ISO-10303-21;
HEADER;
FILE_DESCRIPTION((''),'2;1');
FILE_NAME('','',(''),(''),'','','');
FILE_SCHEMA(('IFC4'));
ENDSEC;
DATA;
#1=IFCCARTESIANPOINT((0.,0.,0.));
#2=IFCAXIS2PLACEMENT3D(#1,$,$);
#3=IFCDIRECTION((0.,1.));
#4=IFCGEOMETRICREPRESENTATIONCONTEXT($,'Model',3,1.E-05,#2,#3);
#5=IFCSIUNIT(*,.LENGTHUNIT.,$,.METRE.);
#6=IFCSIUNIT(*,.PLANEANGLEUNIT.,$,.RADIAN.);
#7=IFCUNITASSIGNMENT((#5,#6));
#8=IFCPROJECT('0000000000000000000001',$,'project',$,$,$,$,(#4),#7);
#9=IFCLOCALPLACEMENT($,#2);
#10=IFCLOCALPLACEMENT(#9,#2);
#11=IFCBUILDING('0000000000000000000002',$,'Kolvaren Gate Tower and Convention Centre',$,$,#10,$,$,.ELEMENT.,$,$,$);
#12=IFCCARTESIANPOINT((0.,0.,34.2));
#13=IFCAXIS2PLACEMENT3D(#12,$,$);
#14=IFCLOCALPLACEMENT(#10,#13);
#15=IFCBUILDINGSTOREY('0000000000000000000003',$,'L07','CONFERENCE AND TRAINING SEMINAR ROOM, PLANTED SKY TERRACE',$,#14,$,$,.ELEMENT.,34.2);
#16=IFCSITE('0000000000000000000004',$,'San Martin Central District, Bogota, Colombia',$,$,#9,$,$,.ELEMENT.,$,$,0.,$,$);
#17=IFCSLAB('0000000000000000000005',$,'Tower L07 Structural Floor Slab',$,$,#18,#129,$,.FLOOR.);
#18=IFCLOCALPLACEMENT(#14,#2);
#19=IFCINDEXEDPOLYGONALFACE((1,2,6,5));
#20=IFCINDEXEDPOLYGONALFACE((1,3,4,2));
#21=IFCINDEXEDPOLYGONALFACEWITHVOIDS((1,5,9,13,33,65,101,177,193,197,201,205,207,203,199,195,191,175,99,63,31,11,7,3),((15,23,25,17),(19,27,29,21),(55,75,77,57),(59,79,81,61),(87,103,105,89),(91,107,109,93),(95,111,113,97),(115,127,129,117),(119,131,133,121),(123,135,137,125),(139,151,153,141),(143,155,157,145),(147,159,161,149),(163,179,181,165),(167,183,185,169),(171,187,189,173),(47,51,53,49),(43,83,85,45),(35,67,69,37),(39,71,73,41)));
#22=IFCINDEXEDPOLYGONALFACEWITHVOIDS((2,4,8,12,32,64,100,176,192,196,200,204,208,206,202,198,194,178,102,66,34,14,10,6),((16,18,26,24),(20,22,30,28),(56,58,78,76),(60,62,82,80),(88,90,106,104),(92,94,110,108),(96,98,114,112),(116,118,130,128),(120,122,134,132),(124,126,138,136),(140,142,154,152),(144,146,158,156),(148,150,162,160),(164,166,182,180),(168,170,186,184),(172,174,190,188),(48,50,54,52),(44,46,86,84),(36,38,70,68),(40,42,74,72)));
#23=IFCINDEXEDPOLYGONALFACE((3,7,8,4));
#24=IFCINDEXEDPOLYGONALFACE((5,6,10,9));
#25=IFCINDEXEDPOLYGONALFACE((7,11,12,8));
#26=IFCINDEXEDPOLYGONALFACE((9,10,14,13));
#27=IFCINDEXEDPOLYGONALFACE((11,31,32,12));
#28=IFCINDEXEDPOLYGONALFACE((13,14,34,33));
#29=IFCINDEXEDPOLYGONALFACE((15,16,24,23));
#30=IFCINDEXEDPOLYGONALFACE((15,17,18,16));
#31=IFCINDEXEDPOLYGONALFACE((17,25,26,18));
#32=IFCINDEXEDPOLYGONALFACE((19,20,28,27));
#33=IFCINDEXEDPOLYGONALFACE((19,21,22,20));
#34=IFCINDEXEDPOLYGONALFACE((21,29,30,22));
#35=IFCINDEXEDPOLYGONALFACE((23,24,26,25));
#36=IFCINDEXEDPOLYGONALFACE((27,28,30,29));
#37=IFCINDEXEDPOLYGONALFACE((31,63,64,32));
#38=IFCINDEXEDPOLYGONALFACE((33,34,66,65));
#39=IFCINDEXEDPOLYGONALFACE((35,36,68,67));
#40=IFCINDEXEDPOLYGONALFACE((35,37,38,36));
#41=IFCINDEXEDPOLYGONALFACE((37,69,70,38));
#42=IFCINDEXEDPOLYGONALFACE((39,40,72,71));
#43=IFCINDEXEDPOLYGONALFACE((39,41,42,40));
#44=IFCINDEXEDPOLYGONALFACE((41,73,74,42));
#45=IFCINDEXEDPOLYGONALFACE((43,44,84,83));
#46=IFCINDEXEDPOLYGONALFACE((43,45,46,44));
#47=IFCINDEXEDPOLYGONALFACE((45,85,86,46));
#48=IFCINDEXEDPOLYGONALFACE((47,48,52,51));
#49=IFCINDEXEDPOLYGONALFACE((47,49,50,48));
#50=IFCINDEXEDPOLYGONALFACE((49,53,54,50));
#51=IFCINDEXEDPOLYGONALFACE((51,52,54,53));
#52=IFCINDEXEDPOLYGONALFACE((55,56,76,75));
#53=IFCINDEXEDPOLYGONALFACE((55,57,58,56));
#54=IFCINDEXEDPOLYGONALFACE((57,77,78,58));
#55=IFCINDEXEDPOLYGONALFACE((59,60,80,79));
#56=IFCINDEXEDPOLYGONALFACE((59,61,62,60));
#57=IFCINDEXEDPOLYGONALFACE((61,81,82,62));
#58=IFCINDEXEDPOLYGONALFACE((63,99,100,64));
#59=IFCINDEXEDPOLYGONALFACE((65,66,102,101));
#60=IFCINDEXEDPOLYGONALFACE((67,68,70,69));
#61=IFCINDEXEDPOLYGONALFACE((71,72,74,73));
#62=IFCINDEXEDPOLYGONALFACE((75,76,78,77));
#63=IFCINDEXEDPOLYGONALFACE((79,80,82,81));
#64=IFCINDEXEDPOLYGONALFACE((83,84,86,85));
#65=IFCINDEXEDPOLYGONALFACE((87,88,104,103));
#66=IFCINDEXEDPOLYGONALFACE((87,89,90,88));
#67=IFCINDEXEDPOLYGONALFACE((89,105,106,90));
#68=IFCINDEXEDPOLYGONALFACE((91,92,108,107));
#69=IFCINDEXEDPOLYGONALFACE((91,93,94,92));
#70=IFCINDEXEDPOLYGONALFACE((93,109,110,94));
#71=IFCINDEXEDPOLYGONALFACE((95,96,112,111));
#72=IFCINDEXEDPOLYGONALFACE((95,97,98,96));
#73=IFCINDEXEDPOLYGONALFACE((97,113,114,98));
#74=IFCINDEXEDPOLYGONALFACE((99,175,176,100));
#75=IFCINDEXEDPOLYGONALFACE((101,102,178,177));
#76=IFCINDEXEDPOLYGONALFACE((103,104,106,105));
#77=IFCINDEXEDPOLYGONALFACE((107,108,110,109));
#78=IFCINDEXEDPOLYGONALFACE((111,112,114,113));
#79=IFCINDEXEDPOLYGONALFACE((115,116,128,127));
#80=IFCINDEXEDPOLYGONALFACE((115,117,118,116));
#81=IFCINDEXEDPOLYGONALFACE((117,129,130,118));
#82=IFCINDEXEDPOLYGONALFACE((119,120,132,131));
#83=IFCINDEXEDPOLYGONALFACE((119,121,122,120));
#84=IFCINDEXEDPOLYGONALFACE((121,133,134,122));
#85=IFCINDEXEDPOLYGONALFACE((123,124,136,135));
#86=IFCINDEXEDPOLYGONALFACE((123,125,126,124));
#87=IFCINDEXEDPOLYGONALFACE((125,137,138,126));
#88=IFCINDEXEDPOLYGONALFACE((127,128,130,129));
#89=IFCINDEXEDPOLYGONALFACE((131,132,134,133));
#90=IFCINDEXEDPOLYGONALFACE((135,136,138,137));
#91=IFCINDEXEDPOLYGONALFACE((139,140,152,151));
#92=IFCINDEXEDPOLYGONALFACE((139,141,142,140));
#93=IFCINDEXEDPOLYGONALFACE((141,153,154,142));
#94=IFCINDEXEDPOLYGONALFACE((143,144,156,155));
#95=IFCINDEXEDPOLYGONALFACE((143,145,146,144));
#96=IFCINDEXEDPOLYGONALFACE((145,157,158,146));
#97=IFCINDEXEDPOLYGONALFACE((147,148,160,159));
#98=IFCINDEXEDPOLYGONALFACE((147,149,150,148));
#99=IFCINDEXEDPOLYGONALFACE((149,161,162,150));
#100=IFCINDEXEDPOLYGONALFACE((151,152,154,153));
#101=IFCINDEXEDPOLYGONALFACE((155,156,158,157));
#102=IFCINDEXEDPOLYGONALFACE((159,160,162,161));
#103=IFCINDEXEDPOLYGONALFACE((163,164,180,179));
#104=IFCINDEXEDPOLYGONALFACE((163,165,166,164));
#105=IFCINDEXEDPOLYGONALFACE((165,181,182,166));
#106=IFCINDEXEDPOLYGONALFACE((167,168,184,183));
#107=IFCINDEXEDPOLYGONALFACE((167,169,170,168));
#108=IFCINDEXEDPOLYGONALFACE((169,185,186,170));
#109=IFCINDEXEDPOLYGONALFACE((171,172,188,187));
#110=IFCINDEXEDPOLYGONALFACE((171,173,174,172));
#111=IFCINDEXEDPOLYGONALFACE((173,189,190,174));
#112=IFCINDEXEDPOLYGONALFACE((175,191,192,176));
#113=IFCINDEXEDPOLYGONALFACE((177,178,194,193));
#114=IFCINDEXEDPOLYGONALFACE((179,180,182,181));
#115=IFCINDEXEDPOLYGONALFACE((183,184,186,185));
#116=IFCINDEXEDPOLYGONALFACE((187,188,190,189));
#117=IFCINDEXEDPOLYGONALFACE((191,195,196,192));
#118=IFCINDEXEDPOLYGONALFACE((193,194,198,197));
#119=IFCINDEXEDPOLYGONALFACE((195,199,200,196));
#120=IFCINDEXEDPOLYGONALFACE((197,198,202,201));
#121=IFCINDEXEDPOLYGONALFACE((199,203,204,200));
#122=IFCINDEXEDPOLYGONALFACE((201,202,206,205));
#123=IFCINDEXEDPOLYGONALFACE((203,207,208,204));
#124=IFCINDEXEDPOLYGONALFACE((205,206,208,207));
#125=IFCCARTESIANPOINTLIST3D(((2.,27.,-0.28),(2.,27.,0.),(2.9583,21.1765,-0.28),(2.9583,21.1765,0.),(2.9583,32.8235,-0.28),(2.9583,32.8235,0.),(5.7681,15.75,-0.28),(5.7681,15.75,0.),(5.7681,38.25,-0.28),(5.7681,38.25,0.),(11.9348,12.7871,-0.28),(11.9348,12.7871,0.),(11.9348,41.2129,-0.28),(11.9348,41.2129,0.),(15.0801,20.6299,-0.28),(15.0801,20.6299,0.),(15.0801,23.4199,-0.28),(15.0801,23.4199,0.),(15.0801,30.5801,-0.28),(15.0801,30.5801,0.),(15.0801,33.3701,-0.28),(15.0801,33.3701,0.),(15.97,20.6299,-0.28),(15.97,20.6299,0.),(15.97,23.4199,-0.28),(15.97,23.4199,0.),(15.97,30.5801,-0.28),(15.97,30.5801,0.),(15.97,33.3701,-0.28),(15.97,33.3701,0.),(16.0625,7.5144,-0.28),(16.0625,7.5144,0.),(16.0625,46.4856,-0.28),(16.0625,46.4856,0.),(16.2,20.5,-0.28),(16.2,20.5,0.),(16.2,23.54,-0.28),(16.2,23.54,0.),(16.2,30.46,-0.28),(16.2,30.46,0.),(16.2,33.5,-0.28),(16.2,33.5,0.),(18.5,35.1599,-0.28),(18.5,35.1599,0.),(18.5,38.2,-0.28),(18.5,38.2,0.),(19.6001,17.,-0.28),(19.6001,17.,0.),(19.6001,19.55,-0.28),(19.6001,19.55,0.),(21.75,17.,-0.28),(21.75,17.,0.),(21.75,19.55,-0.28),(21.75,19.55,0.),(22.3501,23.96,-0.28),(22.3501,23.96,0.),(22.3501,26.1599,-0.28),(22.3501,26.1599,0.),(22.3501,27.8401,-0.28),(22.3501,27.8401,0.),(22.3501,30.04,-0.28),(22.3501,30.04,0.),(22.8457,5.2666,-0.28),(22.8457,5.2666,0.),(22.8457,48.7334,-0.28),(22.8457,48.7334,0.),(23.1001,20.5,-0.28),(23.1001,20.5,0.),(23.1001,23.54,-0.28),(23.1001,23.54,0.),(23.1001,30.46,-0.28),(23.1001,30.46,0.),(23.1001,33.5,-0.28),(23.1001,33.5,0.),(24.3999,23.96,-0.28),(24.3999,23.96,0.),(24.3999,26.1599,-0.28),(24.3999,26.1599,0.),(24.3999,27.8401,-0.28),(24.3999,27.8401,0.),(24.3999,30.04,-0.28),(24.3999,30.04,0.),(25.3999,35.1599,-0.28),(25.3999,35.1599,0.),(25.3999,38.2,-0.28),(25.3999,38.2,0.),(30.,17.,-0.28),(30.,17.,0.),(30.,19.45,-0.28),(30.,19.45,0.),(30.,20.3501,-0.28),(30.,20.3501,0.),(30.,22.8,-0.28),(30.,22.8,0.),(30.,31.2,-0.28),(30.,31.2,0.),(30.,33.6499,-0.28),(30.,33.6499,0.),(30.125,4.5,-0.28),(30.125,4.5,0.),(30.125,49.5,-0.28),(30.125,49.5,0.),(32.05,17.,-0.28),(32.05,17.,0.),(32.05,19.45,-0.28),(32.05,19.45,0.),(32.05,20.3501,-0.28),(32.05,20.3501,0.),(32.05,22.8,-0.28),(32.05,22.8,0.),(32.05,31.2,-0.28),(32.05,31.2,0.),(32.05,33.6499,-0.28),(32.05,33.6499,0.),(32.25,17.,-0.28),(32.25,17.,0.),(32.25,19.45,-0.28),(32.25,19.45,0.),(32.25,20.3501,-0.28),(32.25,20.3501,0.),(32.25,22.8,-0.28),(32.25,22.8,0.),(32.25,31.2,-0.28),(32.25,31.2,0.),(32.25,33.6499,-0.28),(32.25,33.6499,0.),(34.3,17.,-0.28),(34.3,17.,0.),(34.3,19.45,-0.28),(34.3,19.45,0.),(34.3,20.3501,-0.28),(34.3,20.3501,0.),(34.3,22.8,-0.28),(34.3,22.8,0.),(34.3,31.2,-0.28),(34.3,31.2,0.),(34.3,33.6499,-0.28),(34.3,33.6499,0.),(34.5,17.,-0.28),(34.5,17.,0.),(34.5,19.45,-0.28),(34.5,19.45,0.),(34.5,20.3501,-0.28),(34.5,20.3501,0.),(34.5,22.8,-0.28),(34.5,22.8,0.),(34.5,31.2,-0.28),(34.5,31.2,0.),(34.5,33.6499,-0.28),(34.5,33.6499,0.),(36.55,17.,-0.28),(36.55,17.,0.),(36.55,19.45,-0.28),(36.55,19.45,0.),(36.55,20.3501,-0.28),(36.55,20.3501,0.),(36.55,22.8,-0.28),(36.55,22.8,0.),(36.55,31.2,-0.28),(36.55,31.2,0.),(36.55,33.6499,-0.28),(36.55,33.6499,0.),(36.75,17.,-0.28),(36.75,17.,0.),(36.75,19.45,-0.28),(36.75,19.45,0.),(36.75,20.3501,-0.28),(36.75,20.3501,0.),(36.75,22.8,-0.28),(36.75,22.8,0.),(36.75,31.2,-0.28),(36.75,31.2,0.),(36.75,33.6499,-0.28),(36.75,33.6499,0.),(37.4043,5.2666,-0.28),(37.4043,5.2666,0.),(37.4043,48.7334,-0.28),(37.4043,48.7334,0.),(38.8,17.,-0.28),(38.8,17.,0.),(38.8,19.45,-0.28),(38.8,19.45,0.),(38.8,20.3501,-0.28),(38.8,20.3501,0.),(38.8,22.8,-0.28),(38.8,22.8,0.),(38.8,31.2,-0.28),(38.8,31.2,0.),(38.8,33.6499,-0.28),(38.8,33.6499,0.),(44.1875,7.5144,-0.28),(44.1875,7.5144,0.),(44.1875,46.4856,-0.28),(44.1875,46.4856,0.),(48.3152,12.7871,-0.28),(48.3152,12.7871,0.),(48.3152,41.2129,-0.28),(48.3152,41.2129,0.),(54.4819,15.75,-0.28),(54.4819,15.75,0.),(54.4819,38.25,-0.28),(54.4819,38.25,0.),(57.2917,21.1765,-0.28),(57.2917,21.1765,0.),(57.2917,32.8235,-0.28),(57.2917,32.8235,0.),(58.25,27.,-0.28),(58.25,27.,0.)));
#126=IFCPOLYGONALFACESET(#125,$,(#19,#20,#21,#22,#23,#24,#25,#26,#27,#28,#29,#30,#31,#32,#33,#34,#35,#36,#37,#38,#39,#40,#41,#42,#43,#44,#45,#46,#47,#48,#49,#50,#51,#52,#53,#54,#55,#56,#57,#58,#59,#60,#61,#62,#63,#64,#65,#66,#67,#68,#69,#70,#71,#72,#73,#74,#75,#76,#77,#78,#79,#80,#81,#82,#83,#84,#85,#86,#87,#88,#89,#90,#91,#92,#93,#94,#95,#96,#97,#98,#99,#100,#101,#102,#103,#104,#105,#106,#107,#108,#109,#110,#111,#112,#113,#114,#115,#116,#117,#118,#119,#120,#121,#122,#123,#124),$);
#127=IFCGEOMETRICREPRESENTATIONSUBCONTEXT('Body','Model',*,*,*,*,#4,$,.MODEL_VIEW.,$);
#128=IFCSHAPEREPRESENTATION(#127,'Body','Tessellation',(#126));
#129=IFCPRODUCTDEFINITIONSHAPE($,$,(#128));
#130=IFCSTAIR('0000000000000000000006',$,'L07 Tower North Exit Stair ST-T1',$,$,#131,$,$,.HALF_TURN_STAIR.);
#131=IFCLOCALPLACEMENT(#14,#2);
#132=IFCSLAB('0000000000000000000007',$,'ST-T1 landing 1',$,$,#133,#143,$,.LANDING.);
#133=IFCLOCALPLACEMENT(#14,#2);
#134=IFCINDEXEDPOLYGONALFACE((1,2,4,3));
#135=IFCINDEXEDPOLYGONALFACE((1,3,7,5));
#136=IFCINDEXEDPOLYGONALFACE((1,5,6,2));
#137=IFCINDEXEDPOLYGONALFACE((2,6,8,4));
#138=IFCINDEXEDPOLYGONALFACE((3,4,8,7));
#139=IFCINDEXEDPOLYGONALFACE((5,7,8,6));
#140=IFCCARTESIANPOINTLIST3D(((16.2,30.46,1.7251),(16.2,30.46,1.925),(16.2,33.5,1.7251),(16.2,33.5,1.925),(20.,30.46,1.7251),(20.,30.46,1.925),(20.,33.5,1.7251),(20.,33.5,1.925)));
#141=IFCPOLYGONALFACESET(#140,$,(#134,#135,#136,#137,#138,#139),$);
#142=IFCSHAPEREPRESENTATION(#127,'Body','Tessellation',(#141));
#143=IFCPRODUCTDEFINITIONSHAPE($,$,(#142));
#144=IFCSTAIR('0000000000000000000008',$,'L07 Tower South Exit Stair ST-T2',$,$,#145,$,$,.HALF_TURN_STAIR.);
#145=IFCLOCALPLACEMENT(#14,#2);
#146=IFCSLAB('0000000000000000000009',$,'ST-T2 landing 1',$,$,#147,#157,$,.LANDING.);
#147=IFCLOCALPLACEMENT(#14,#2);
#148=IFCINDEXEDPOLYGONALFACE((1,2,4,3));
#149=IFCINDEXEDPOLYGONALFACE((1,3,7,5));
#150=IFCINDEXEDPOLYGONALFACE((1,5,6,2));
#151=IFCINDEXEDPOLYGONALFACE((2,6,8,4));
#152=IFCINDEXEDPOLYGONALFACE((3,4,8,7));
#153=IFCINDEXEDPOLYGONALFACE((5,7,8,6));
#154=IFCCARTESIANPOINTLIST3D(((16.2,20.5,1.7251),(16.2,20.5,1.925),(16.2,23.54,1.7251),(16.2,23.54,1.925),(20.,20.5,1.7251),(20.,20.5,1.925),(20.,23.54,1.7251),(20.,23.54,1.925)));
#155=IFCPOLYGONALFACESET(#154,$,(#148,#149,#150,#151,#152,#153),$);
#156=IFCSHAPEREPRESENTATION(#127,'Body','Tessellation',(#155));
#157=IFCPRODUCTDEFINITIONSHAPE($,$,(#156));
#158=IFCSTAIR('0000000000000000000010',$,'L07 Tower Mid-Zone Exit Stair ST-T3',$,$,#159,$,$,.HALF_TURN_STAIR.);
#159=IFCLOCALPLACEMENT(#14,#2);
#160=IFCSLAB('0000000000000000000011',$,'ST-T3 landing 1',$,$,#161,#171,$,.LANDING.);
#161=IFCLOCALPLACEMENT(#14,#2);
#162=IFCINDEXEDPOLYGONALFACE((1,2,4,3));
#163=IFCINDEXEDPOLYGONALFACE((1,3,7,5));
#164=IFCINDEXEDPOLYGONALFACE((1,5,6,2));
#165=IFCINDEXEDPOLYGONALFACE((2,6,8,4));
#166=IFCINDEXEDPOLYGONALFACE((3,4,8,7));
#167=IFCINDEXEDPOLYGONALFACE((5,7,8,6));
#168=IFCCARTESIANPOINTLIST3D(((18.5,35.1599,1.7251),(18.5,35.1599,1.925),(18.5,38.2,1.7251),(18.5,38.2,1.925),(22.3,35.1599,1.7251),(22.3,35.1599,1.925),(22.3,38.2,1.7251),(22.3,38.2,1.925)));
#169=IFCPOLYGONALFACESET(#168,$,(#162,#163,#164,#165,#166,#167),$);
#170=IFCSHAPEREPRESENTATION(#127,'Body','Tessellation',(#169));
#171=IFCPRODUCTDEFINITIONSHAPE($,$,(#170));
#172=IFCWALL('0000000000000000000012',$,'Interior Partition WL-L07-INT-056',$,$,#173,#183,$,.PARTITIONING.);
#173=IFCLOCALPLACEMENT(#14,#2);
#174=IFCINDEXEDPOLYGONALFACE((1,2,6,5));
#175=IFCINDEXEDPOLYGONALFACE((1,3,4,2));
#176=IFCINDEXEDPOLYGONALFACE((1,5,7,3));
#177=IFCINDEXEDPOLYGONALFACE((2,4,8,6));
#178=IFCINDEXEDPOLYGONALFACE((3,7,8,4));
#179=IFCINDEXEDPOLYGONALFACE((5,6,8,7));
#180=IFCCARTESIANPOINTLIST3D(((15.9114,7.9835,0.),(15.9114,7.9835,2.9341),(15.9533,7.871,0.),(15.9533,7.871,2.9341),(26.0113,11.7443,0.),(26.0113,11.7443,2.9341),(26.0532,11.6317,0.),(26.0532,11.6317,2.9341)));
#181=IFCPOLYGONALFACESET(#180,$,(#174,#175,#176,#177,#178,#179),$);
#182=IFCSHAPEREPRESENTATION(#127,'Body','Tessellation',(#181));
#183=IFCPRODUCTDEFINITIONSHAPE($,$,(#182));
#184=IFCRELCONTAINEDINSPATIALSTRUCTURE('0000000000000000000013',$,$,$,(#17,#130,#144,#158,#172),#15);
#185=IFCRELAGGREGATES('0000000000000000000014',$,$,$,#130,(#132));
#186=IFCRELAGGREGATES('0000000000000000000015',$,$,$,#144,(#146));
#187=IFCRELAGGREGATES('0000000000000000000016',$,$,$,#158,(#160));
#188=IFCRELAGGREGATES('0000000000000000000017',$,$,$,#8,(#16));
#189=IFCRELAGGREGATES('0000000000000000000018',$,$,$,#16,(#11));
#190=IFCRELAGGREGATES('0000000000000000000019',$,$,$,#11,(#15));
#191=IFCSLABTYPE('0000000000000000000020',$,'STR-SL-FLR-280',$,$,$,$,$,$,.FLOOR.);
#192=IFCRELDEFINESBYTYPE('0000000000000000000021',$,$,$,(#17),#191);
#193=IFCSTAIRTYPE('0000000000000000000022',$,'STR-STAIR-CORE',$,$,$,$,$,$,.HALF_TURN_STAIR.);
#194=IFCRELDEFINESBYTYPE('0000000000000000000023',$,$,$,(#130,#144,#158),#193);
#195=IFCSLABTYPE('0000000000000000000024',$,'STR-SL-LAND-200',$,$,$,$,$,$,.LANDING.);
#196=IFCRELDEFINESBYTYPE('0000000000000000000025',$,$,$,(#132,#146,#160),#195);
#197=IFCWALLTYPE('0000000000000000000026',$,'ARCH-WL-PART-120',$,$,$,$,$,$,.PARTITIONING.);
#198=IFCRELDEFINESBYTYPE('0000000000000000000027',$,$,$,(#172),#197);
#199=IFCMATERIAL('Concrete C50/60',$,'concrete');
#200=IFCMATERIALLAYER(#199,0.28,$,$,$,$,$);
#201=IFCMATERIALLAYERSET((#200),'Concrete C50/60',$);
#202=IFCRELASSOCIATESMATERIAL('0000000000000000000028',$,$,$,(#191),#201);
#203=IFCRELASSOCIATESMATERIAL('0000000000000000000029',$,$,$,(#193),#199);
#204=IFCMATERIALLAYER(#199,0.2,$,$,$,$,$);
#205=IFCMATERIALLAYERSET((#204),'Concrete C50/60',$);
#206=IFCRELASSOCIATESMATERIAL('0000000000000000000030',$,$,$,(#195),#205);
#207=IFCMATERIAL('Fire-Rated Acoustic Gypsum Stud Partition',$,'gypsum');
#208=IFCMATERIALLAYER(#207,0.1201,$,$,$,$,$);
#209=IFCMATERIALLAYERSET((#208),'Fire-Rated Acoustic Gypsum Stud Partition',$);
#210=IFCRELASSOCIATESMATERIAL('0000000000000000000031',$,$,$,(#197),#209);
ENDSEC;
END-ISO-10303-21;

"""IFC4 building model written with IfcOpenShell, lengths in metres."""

from ifc_helpers import new_model, si_unit, direction, frame, frame_2d, origin, place, context, subcontext, project, spatial, polyline, rectangle, outline, extrude, material, layer, layer_set, type_object, element, aggregate, save


model = new_model("IFC4")

# Units and contexts
model_context = context("Model", 3, precision=1e-05, world=origin(), true_north=direction((0.0, 1.0)))
body_context = subcontext(model_context, "Body", "Model", "MODEL_VIEW")
ifc_project = project(units=[si_unit("LENGTHUNIT", "METRE"), si_unit("PLANEANGLEUNIT", "RADIAN")], contexts=[model_context])

# Site, building, storey
site_placement = place(None, origin())
site = spatial("IfcSite", under=ifc_project, at=site_placement, Name="San Martin Central District, Bogota, Colombia", CompositionType="ELEMENT", RefElevation=0.0)
building_placement = place(site_placement, origin())
building = spatial("IfcBuilding", under=site, at=building_placement, Name="Kolvaren Gate Tower and Convention Centre", CompositionType="ELEMENT")
storey_placement = place(building_placement, frame((0.0, 0.0, 34.2)))
storey = spatial("IfcBuildingStorey", under=building, at=storey_placement, Name="L07", Description="CONFERENCE AND TRAINING SEMINAR ROOM, PLANTED SKY TERRACE", CompositionType="ELEMENT", Elevation=34.2)

# Slab
ifc_material_1 = material(Name="Concrete C50/60", Category="concrete")
ifc_layer_1 = layer(ifc_material_1, 0.28)
ifc_layer_set_1 = layer_set([ifc_layer_1], Name="Concrete C50/60")
slab_type_1 = type_object("IfcSlabType", Name="STR-SL-FLR-280", PredefinedType="FLOOR", material=ifc_layer_set_1)
slab_1_placement = place(storey_placement, frame((0.0, 0.0, -0.28)))
element("IfcSlab", 1, at=slab_1_placement, inside=storey, type_object=slab_type_1, Name="Tower L07 Structural Floor Slab", PredefinedType="FLOOR", context=body_context, shape_type="SweptSolid", body=[
    extrude(outline(polyline([(58.25, 27.0), (57.2917, 32.8235), (54.4819, 38.25), (48.3152, 41.2129), (44.1875, 46.4856), (37.4043, 48.7334), (30.125, 49.5), (22.8457, 48.7334), (16.0625, 46.4856), (11.9348, 41.2129), (5.7681, 38.25), (2.9583, 32.8235), (2.0, 27.0), (2.9583, 21.1765), (5.7681, 15.75), (11.9348, 12.7871), (16.0625, 7.5144), (22.8457, 5.2666), (30.125, 4.5), (37.4043, 5.2666), (44.1875, 7.5144), (48.3152, 12.7871), (54.4819, 15.75), (57.2917, 21.1765), (58.25, 27.0)]), holes=[polyline([(36.75, 33.6499), (38.8, 33.6499), (38.8, 31.2), (36.75, 31.2), (36.75, 33.6499)]), polyline([(36.75, 20.3501), (36.75, 22.8), (38.8, 22.8), (38.8, 20.3501), (36.75, 20.3501)]), polyline([(36.75, 17.0), (36.75, 19.45), (38.8, 19.45), (38.8, 17.0), (36.75, 17.0)]), polyline([(34.5, 33.6499), (36.55, 33.6499), (36.55, 31.2), (34.5, 31.2), (34.5, 33.6499)]), polyline([(34.5, 22.8), (36.55, 22.8), (36.55, 20.3501), (34.5, 20.3501), (34.5, 22.8)]), polyline([(34.5, 17.0), (34.5, 19.45), (36.55, 19.45), (36.55, 17.0), (34.5, 17.0)]), polyline([(32.25, 31.2), (32.25, 33.6499), (34.3, 33.6499), (34.3, 31.2), (32.25, 31.2)]), polyline([(32.25, 22.8), (34.3, 22.8), (34.3, 20.3501), (32.25, 20.3501), (32.25, 22.8)]), polyline([(32.25, 17.0), (32.25, 19.45), (34.3, 19.45), (34.3, 17.0), (32.25, 17.0)]), polyline([(30.0, 31.2), (30.0, 33.6499), (32.05, 33.6499), (32.05, 31.2), (30.0, 31.2)]), polyline([(30.0, 20.3501), (30.0, 22.8), (32.05, 22.8), (32.05, 20.3501), (30.0, 20.3501)]), polyline([(30.0, 17.0), (30.0, 19.45), (32.05, 19.45), (32.05, 17.0), (30.0, 17.0)]), polyline([(25.3999, 35.1599), (18.5, 35.1599), (18.5, 38.2), (25.3999, 38.2), (25.3999, 35.1599)]), polyline([(22.3501, 27.8401), (22.3501, 30.04), (24.3999, 30.04), (24.3999, 27.8401), (22.3501, 27.8401)]), polyline([(22.3501, 23.96), (22.3501, 26.1599), (24.3999, 26.1599), (24.3999, 23.96), (22.3501, 23.96)]), polyline([(23.1001, 30.46), (16.2, 30.46), (16.2, 33.5), (23.1001, 33.5), (23.1001, 30.46)]), polyline([(23.1001, 20.5), (16.2, 20.5), (16.2, 23.54), (23.1001, 23.54), (23.1001, 20.5)]), polyline([(19.6001, 17.0), (19.6001, 19.55), (21.75, 19.55), (21.75, 17.0), (19.6001, 17.0)]), polyline([(15.0801, 23.4199), (15.97, 23.4199), (15.97, 20.6299), (15.0801, 20.6299), (15.0801, 23.4199)]), polyline([(15.0801, 30.5801), (15.0801, 33.3701), (15.97, 33.3701), (15.97, 30.5801), (15.0801, 30.5801)])]), origin(), (0.0, 0.0, 1.0), 0.28),
])

# Stairs, slabs
stair_type = type_object("IfcStairType", Name="STR-STAIR-CORE", PredefinedType="HALF_TURN_STAIR", material=ifc_material_1)
stair_1_placement = place(storey_placement, origin())
stair_1 = element("IfcStair", 2, at=stair_1_placement, inside=storey, type_object=stair_type, Name="L07 Tower North Exit Stair ST-T1", PredefinedType="HALF_TURN_STAIR")
ifc_layer_2 = layer(ifc_material_1, 0.2)
ifc_layer_set_2 = layer_set([ifc_layer_2], Name="Concrete C50/60")
slab_type_2 = type_object("IfcSlabType", Name="STR-SL-LAND-200", PredefinedType="LANDING", material=ifc_layer_set_2)
slab_2_placement = place(storey_placement, frame((0.0, 0.0, 1.7251)))
slab_2 = element("IfcSlab", 3, at=slab_2_placement, type_object=slab_type_2, Name="ST-T1 landing 1", PredefinedType="LANDING", context=body_context, shape_type="SweptSolid", body=[
    extrude(outline(polyline([(20.0, 33.5), (16.2, 33.5), (16.2, 30.46), (20.0, 30.46), (20.0, 33.5)])), origin(), (0.0, 0.0, 1.0), 0.2),
])
aggregate(stair_1, [slab_2])
stair_2_placement = place(storey_placement, origin())
stair_2 = element("IfcStair", 4, at=stair_2_placement, inside=storey, type_object=stair_type, Name="L07 Tower South Exit Stair ST-T2", PredefinedType="HALF_TURN_STAIR")
slab_3_placement = place(storey_placement, frame((0.0, 0.0, 1.7251)))
slab_3 = element("IfcSlab", 5, at=slab_3_placement, type_object=slab_type_2, Name="ST-T2 landing 1", PredefinedType="LANDING", context=body_context, shape_type="SweptSolid", body=[
    extrude(outline(polyline([(20.0, 23.54), (16.2, 23.54), (16.2, 20.5), (20.0, 20.5), (20.0, 23.54)])), origin(), (0.0, 0.0, 1.0), 0.2),
])
aggregate(stair_2, [slab_3])
stair_3_placement = place(storey_placement, origin())
stair_3 = element("IfcStair", 6, at=stair_3_placement, inside=storey, type_object=stair_type, Name="L07 Tower Mid-Zone Exit Stair ST-T3", PredefinedType="HALF_TURN_STAIR")
slab_4_placement = place(storey_placement, frame((0.0, 0.0, 1.7251)))
slab_4 = element("IfcSlab", 7, at=slab_4_placement, type_object=slab_type_2, Name="ST-T3 landing 1", PredefinedType="LANDING", context=body_context, shape_type="SweptSolid", body=[
    extrude(outline(polyline([(22.3, 38.2), (18.5, 38.2), (18.5, 35.1599), (22.3, 35.1599), (22.3, 38.2)])), origin(), (0.0, 0.0, 1.0), 0.2),
])
aggregate(stair_3, [slab_4])

# Wall
ifc_material_2 = material(Name="Fire-Rated Acoustic Gypsum Stud Partition", Category="gypsum")
ifc_layer_3 = layer(ifc_material_2, 0.1201)
ifc_layer_set_3 = layer_set([ifc_layer_3], Name="Fire-Rated Acoustic Gypsum Stud Partition")
wall_type_1 = type_object("IfcWallType", Name="ARCH-WL-PART-120", PredefinedType="PARTITIONING", material=ifc_layer_set_3)
wall_1_placement = place(storey_placement, frame((15.9324, 7.9272, 0.0), z_axis=(0.0, 0.0, 1.0), x_axis=(0.937141, 0.34895, 0.0)))
element("IfcWall", 8, at=wall_1_placement, inside=storey, type_object=wall_type_1, Name="Interior Partition WL-L07-INT-056", PredefinedType="PARTITIONING", context=body_context, shape_type="SweptSolid", body=[
    extrude(rectangle(XDim=10.7773, YDim=0.1201, at=frame_2d((5.3887, 0.0))), origin(), (0.0, 0.0, 1.0), 2.9341),
])

save(model, "model.ifc")
